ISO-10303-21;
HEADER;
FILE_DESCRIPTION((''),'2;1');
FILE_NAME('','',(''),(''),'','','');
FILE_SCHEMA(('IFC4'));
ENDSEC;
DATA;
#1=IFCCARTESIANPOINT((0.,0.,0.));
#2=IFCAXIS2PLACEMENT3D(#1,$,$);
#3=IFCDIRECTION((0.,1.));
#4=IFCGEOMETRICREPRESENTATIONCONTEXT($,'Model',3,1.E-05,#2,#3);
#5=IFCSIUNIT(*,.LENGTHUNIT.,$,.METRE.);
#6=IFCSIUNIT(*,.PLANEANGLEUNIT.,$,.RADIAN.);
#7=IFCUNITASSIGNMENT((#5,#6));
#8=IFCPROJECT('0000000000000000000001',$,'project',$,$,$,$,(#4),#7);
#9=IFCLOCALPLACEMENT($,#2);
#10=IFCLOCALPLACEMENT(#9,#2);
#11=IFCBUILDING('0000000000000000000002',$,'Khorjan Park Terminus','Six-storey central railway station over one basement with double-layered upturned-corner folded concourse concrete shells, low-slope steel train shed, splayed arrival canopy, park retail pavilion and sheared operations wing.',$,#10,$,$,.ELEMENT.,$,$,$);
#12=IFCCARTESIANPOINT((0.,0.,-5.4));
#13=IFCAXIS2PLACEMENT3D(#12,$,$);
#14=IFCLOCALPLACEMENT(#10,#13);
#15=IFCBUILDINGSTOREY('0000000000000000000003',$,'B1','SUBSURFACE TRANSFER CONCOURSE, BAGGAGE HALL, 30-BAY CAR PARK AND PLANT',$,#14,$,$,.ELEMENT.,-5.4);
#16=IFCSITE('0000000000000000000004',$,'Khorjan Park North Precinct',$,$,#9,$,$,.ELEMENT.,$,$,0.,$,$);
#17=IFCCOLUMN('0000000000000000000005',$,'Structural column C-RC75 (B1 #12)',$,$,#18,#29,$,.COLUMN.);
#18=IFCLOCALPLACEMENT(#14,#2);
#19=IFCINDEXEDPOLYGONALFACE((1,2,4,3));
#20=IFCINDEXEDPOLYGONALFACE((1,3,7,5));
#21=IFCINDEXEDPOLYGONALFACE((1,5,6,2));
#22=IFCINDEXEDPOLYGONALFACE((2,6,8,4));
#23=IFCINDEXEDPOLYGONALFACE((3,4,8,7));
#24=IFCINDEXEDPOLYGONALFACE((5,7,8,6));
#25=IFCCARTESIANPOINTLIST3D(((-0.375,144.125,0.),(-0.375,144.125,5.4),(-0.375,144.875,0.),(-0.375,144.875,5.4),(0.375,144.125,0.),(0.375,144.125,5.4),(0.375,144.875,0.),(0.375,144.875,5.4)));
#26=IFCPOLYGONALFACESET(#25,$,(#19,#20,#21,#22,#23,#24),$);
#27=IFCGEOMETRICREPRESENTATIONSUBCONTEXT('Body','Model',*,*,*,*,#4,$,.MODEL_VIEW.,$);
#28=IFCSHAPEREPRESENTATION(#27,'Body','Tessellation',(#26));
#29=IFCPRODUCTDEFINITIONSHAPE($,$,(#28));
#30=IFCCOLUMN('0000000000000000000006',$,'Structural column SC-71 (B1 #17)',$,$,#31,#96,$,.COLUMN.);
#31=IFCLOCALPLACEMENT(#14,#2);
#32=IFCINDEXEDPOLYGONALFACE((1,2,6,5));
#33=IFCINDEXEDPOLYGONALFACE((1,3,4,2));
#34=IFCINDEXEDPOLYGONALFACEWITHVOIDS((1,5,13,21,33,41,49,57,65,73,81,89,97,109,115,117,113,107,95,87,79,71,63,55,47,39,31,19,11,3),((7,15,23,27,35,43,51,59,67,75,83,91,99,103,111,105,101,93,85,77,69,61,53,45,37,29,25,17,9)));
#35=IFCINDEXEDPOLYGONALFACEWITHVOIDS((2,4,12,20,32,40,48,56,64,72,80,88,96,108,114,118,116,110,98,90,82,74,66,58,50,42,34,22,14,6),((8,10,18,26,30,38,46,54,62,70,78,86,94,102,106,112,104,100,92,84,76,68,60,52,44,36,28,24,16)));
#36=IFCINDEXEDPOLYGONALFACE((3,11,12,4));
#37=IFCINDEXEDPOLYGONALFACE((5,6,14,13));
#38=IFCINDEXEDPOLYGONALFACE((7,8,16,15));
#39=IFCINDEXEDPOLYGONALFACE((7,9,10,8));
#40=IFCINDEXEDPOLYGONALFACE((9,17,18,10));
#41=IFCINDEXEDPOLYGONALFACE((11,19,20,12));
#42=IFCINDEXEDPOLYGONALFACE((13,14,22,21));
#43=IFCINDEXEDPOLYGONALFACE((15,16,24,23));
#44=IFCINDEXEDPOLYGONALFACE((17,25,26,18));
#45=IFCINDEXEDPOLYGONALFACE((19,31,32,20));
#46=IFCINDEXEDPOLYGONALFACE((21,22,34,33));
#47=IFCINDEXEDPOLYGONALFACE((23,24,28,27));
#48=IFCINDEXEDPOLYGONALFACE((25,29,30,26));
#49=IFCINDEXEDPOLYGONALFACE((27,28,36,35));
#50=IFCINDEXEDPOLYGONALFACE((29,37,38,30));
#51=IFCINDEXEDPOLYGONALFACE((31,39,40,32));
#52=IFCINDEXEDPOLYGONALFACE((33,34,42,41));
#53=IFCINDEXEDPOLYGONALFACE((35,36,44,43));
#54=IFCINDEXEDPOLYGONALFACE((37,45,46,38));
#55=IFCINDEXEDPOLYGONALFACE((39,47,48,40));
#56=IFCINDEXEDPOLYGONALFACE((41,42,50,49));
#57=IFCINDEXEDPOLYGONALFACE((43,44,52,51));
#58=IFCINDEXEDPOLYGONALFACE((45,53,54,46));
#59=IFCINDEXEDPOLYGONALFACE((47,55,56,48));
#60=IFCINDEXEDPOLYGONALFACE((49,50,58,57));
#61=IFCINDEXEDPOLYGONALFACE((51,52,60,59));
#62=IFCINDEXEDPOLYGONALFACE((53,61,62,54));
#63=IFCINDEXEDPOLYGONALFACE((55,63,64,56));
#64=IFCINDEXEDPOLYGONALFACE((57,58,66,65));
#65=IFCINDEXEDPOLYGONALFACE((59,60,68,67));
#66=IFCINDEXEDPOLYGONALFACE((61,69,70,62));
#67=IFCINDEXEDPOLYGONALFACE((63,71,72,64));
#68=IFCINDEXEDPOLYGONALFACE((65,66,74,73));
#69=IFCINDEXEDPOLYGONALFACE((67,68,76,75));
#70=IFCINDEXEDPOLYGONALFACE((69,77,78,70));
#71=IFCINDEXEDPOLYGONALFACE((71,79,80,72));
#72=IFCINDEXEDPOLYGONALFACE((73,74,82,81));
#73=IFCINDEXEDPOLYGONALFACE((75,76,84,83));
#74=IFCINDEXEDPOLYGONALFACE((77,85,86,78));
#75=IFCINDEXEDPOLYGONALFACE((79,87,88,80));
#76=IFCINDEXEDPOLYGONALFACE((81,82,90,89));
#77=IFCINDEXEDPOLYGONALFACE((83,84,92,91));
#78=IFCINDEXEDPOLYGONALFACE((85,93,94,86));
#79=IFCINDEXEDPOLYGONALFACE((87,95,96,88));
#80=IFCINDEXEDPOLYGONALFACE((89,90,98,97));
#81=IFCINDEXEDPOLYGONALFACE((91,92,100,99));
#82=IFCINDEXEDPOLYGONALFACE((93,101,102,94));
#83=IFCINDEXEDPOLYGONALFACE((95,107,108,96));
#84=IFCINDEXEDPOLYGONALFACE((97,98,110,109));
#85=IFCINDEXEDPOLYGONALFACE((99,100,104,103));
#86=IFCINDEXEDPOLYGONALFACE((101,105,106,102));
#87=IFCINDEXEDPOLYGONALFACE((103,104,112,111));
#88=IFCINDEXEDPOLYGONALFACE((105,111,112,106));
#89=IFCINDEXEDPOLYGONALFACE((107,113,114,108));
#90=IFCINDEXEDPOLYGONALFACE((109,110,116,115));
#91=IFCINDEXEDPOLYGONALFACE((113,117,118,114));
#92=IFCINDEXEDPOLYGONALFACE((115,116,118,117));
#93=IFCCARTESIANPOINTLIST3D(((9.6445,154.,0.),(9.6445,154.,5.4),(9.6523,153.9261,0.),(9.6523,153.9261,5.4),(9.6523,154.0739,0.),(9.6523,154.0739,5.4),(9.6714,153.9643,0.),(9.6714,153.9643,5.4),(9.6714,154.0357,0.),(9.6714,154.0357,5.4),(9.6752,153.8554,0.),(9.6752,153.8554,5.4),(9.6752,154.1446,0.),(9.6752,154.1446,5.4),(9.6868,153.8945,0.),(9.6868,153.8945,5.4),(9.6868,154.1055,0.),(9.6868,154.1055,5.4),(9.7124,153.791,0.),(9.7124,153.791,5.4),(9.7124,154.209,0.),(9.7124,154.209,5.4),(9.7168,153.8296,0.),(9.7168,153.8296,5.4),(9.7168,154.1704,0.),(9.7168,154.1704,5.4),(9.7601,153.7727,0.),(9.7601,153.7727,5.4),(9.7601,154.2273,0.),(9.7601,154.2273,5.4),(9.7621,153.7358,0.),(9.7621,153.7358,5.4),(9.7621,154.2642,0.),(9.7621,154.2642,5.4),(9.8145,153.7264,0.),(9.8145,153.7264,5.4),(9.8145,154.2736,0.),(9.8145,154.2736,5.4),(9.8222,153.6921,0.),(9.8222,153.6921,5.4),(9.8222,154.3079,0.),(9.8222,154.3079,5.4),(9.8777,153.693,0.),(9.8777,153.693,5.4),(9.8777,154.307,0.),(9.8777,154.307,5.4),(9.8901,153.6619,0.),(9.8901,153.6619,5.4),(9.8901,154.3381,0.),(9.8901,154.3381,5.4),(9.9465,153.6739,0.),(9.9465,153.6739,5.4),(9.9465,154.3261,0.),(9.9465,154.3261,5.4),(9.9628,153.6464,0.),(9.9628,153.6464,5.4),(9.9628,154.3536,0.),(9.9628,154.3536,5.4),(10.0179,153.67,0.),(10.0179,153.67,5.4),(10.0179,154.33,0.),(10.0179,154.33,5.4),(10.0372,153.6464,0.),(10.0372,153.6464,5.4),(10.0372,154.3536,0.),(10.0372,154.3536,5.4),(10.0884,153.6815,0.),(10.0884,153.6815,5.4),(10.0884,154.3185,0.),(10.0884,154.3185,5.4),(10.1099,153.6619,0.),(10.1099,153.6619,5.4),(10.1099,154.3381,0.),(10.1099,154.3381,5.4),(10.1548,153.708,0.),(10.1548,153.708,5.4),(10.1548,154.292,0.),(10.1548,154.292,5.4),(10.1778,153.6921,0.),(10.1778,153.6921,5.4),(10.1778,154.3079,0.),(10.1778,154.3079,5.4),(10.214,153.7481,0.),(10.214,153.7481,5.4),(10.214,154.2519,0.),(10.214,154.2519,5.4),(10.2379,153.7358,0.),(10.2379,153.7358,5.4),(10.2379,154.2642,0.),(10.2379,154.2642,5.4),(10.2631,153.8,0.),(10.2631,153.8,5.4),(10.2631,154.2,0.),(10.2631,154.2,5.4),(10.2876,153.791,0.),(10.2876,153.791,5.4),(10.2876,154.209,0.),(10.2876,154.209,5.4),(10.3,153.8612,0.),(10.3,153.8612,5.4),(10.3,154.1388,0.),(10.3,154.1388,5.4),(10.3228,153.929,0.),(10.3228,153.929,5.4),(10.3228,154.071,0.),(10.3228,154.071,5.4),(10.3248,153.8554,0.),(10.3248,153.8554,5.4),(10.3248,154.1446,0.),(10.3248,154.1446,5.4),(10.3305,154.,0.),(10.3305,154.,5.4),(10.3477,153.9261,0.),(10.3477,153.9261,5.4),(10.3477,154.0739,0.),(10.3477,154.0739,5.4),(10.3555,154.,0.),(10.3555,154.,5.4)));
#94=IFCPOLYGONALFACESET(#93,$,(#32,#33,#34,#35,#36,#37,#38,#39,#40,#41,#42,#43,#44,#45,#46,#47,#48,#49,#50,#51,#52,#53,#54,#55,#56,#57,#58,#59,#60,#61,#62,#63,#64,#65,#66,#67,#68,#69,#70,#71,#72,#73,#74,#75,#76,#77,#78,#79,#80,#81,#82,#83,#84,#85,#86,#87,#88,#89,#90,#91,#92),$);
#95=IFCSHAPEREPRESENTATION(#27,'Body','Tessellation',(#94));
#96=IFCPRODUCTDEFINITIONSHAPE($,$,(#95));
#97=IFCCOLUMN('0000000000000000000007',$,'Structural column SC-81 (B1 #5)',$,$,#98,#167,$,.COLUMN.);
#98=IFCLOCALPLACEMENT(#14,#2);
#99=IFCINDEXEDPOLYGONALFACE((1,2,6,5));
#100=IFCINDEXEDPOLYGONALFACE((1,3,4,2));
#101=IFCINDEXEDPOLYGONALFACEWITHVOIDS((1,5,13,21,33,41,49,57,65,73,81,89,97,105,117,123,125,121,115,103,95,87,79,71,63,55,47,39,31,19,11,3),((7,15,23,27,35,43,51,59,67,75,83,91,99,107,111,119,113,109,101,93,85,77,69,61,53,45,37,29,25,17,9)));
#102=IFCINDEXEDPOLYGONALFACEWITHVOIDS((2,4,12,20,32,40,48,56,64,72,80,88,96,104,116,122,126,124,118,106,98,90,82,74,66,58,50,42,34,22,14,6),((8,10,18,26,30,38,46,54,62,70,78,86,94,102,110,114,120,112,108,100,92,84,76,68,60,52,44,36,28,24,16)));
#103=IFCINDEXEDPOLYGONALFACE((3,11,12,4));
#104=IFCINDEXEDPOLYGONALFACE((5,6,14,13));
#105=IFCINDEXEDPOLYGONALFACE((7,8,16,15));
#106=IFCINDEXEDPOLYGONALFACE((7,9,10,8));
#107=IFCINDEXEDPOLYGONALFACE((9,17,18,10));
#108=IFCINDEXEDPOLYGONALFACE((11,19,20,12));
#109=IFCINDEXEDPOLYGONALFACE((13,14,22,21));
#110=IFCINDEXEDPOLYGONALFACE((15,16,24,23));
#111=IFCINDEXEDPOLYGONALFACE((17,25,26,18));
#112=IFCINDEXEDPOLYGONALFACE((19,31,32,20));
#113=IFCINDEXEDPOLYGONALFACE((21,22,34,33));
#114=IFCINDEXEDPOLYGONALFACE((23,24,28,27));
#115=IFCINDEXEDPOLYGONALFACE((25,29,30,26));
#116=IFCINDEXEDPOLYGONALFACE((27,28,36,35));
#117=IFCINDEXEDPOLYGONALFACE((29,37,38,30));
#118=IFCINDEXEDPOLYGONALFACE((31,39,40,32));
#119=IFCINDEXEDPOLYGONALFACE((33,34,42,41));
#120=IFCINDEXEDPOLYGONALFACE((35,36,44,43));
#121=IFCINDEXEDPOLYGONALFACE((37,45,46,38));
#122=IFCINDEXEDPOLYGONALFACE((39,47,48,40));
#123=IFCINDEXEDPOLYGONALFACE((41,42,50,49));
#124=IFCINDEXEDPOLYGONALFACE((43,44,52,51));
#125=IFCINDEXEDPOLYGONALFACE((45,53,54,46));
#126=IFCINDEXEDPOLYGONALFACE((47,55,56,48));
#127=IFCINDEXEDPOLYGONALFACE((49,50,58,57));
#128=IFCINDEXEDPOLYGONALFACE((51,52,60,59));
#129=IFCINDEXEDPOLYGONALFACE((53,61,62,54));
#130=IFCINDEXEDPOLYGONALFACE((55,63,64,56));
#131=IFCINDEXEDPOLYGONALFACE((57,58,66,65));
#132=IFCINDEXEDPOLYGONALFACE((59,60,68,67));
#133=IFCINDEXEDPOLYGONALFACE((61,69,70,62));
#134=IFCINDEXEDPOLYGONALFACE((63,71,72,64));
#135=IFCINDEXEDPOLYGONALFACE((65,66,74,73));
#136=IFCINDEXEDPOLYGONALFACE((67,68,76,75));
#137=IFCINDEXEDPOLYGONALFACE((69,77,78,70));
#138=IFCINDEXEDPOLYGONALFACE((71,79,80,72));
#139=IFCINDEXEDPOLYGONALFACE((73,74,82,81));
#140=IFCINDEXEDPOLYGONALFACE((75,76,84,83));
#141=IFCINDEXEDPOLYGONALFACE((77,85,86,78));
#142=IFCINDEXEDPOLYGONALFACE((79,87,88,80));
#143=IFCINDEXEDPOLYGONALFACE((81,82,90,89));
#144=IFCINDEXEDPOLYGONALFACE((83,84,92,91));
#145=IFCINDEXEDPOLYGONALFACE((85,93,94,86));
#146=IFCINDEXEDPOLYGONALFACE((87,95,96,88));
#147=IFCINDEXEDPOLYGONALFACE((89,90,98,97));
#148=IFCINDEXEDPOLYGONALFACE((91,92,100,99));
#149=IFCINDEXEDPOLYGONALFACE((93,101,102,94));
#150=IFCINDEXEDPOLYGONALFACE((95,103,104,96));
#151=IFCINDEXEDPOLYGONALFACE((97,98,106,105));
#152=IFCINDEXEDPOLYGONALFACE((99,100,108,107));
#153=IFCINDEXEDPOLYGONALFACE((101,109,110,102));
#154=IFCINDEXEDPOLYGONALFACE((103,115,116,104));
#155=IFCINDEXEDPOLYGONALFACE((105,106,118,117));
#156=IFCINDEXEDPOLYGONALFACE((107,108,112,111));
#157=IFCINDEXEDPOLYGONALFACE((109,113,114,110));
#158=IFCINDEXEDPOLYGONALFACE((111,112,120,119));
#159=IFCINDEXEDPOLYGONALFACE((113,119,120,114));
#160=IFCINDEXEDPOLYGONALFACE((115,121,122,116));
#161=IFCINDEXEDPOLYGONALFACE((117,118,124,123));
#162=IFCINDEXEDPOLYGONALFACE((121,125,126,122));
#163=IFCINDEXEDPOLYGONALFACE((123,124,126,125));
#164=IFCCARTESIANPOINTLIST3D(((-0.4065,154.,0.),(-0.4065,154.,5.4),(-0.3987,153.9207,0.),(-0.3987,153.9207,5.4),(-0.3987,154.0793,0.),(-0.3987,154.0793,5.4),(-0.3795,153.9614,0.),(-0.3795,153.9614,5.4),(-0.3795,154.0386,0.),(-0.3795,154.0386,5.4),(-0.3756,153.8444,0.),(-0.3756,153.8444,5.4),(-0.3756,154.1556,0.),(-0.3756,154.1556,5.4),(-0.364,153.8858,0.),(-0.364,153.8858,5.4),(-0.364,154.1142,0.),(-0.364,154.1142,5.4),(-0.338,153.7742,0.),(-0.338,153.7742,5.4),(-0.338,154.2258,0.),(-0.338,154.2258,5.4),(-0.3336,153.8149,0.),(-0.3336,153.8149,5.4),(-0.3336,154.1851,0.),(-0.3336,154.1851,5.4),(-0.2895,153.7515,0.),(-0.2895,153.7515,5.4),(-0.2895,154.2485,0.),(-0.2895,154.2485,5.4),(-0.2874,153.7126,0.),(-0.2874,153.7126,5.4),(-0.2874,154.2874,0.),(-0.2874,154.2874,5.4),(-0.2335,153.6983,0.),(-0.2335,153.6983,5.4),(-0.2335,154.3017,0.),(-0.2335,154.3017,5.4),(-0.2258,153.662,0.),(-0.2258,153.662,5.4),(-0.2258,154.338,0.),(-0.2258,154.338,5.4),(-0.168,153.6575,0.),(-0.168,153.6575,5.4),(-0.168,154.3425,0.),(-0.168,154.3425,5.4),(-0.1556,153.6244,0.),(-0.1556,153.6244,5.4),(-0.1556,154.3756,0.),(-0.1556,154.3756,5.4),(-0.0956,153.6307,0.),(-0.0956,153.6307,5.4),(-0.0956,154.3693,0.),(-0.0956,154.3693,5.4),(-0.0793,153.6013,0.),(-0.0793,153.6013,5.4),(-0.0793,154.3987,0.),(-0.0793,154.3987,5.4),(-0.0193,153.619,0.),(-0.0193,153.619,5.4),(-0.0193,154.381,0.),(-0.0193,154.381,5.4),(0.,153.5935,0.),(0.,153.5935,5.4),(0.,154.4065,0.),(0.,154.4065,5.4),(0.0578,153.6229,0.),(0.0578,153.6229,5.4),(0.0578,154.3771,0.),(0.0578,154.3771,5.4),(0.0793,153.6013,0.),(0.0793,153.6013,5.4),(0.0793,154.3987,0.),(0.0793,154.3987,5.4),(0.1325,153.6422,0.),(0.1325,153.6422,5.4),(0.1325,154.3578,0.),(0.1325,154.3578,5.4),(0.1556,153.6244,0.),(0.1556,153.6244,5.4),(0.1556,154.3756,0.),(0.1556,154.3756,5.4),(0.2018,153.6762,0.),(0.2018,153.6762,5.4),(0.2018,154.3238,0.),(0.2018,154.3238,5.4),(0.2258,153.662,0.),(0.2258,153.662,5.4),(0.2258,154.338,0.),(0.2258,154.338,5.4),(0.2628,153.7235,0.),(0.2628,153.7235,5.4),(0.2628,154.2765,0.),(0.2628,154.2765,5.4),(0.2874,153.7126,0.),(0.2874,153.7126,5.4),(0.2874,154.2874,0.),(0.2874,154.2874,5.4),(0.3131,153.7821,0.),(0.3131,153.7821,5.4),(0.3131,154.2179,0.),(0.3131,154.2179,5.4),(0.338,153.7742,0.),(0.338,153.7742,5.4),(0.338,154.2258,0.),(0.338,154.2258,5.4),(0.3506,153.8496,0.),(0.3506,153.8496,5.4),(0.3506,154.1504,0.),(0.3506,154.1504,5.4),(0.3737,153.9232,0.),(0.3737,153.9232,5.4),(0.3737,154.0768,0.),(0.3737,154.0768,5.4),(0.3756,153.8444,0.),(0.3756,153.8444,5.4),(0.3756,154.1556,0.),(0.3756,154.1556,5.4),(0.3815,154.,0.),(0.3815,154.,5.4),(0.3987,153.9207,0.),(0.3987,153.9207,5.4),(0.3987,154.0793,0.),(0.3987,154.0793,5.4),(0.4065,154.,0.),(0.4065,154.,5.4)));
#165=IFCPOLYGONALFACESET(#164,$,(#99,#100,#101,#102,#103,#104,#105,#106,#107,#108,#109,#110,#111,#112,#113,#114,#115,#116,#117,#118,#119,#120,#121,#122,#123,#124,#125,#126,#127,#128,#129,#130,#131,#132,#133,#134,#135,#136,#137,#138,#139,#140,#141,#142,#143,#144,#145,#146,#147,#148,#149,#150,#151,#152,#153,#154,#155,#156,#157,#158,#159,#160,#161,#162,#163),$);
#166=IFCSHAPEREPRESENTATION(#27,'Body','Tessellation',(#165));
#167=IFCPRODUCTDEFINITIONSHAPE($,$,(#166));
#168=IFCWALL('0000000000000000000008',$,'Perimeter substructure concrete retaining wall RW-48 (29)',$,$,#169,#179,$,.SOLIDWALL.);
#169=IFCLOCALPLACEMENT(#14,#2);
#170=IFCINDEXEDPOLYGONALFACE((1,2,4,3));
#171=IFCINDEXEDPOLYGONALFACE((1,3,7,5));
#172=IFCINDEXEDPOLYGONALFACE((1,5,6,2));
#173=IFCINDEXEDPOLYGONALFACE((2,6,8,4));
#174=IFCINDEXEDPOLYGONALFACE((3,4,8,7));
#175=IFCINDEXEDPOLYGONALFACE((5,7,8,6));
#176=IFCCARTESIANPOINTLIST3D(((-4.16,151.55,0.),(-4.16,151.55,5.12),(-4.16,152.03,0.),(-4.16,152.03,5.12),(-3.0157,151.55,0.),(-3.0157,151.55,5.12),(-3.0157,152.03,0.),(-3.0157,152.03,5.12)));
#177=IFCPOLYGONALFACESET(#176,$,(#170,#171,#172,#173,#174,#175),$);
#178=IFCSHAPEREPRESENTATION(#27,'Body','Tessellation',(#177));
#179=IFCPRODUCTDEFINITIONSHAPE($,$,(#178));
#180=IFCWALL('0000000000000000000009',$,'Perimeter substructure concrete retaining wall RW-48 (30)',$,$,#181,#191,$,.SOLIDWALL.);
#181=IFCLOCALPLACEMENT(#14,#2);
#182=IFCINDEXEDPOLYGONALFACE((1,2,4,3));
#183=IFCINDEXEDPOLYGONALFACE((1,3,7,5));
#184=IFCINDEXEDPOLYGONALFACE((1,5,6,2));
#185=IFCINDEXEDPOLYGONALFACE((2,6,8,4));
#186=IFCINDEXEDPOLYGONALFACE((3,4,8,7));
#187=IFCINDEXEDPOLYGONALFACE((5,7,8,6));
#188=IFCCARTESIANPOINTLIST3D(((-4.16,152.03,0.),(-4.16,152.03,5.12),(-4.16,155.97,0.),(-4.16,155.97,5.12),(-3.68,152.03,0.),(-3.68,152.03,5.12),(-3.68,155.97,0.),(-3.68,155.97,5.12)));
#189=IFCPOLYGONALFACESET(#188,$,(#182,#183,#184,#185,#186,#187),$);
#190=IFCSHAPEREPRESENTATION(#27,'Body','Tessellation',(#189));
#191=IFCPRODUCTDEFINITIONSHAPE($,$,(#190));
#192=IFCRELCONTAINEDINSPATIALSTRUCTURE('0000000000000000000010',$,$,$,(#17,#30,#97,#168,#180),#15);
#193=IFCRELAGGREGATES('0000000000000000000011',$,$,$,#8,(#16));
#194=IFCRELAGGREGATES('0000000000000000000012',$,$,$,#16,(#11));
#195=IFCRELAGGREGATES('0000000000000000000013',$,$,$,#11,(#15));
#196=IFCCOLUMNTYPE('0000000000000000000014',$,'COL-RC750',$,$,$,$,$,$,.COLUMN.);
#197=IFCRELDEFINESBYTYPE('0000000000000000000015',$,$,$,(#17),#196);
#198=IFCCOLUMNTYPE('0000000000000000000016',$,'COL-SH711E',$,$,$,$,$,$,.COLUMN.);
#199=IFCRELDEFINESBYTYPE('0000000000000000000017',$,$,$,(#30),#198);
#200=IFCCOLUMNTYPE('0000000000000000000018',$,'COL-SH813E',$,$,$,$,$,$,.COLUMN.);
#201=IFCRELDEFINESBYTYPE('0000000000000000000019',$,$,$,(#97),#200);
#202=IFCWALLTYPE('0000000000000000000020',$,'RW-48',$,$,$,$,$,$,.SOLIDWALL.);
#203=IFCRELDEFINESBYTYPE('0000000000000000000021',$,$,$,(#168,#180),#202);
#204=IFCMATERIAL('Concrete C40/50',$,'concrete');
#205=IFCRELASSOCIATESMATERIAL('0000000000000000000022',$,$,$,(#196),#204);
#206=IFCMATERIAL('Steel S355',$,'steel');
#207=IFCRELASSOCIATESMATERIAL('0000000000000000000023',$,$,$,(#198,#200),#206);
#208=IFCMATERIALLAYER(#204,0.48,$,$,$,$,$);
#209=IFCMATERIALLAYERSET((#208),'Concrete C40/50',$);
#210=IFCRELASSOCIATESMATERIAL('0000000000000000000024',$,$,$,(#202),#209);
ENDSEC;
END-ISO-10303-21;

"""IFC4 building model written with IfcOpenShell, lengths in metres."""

from ifc_helpers import new_model, si_unit, direction, frame, frame_2d, origin, origin_2d, place, context, subcontext, project, spatial, rectangle, hollow_circle, extrude, material, layer, layer_set, material_profile, profile_set, type_object, element, save


model = new_model("IFC4")

# Units and contexts
model_context = context("Model", 3, precision=1e-05, world=origin(), true_north=direction((0.0, 1.0)))
body_context = subcontext(model_context, "Body", "Model", "MODEL_VIEW")
ifc_project = project(units=[si_unit("LENGTHUNIT", "METRE"), si_unit("PLANEANGLEUNIT", "RADIAN")], contexts=[model_context])

# Site, building, storey
site_placement = place(None, origin())
site = spatial("IfcSite", under=ifc_project, at=site_placement, Name="Khorjan Park North Precinct", CompositionType="ELEMENT", RefElevation=0.0)
building_placement = place(site_placement, origin())
building = spatial("IfcBuilding", under=site, at=building_placement, Name="Khorjan Park Terminus", Description="Six-storey central railway station over one basement with double-layered upturned-corner folded concourse concrete shells, low-slope steel train shed, splayed arrival canopy, park retail pavilion and sheared operations wing.", CompositionType="ELEMENT")
storey_placement = place(building_placement, frame((0.0, 0.0, -5.4)))
storey = spatial("IfcBuildingStorey", under=building, at=storey_placement, Name="B1", Description="SUBSURFACE TRANSFER CONCOURSE, BAGGAGE HALL, 30-BAY CAR PARK AND PLANT", CompositionType="ELEMENT", Elevation=-5.4)

# Shared definitions
ifc_material_1 = material(Name="Concrete C40/50", Category="concrete")

# Columns
ifc_material_profile_1 = material_profile(ifc_material_1, rectangle(XDim=0.75, YDim=0.75, at=origin_2d()), Name="RC 750x750")
ifc_profile_set_1 = profile_set([ifc_material_profile_1], Name="Concrete C40/50")
column_type_1 = type_object("IfcColumnType", Name="COL-RC750", PredefinedType="COLUMN", material=ifc_profile_set_1)
column_1_placement = place(storey_placement, frame((0.0, 144.5, 0.0), z_axis=(0.0, 0.0, 1.0), x_axis=(1.0, 0.0, 0.0)))
element("IfcColumn", 1, at=column_1_placement, inside=storey, type_object=column_type_1, Name="Structural column C-RC75 (B1 #12)", PredefinedType="COLUMN", context=body_context, shape_type="SweptSolid", body=[
    extrude(rectangle(XDim=0.75, YDim=0.75, at=origin_2d()), origin(), (0.0, 0.0, 1.0), 5.4),
])
ifc_material_2 = material(Name="Steel S355", Category="steel")
ifc_material_profile_2 = material_profile(ifc_material_2, hollow_circle(Radius=0.3555, WallThickness=0.025, at=origin_2d()), Name="CHS 711x25")
ifc_profile_set_2 = profile_set([ifc_material_profile_2], Name="Steel S355")
column_type_2 = type_object("IfcColumnType", Name="COL-SH711E", PredefinedType="COLUMN", material=ifc_profile_set_2)
column_2_placement = place(storey_placement, frame((10.0, 154.0, 0.0), z_axis=(0.0, 0.0, 1.0), x_axis=(1.0, 0.0, 0.0)))
element("IfcColumn", 2, at=column_2_placement, inside=storey, type_object=column_type_2, Name="Structural column SC-71 (B1 #17)", PredefinedType="COLUMN", context=body_context, shape_type="SweptSolid", body=[
    extrude(hollow_circle(Radius=0.3555, WallThickness=0.025, at=origin_2d()), origin(), (0.0, 0.0, 1.0), 5.4),
])
ifc_material_profile_3 = material_profile(ifc_material_2, hollow_circle(Radius=0.4065, WallThickness=0.025, at=origin_2d()), Name="CHS 813x25")
ifc_profile_set_3 = profile_set([ifc_material_profile_3], Name="Steel S355")
column_type_3 = type_object("IfcColumnType", Name="COL-SH813E", PredefinedType="COLUMN", material=ifc_profile_set_3)
column_3_placement = place(storey_placement, frame((0.0, 154.0, 0.0), z_axis=(0.0, 0.0, 1.0), x_axis=(1.0, 0.0, 0.0)))
element("IfcColumn", 3, at=column_3_placement, inside=storey, type_object=column_type_3, Name="Structural column SC-81 (B1 #5)", PredefinedType="COLUMN", context=body_context, shape_type="SweptSolid", body=[
    extrude(hollow_circle(Radius=0.4065, WallThickness=0.025, at=origin_2d()), origin(), (0.0, 0.0, 1.0), 5.4),
])

# Walls
ifc_layer = layer(ifc_material_1, 0.48)
ifc_layer_set = layer_set([ifc_layer], Name="Concrete C40/50")
wall_type = type_object("IfcWallType", Name="RW-48", PredefinedType="SOLIDWALL", material=ifc_layer_set)
wall_1_placement = place(storey_placement, frame((-3.0157, 151.79, 0.0), z_axis=(0.0, 0.0, 1.0), x_axis=(-1.0, 0.0, 0.0)))
element("IfcWall", 4, at=wall_1_placement, inside=storey, type_object=wall_type, Name="Perimeter substructure concrete retaining wall RW-48 (29)", PredefinedType="SOLIDWALL", context=body_context, shape_type="SweptSolid", body=[
    extrude(rectangle(XDim=1.1443, YDim=0.48, at=frame_2d((0.5722, 0.0))), origin(), (0.0, 0.0, 1.0), 5.12),
])
wall_2_placement = place(storey_placement, frame((-3.92, 152.03, 0.0), z_axis=(0.0, 0.0, 1.0), x_axis=(0.0, 1.0, 0.0)))
element("IfcWall", 5, at=wall_2_placement, inside=storey, type_object=wall_type, Name="Perimeter substructure concrete retaining wall RW-48 (30)", PredefinedType="SOLIDWALL", context=body_context, shape_type="SweptSolid", body=[
    extrude(rectangle(XDim=3.94, YDim=0.48, at=frame_2d((1.97, 0.0))), origin(), (0.0, 0.0, 1.0), 5.12),
])

save(model, "model.ifc")
